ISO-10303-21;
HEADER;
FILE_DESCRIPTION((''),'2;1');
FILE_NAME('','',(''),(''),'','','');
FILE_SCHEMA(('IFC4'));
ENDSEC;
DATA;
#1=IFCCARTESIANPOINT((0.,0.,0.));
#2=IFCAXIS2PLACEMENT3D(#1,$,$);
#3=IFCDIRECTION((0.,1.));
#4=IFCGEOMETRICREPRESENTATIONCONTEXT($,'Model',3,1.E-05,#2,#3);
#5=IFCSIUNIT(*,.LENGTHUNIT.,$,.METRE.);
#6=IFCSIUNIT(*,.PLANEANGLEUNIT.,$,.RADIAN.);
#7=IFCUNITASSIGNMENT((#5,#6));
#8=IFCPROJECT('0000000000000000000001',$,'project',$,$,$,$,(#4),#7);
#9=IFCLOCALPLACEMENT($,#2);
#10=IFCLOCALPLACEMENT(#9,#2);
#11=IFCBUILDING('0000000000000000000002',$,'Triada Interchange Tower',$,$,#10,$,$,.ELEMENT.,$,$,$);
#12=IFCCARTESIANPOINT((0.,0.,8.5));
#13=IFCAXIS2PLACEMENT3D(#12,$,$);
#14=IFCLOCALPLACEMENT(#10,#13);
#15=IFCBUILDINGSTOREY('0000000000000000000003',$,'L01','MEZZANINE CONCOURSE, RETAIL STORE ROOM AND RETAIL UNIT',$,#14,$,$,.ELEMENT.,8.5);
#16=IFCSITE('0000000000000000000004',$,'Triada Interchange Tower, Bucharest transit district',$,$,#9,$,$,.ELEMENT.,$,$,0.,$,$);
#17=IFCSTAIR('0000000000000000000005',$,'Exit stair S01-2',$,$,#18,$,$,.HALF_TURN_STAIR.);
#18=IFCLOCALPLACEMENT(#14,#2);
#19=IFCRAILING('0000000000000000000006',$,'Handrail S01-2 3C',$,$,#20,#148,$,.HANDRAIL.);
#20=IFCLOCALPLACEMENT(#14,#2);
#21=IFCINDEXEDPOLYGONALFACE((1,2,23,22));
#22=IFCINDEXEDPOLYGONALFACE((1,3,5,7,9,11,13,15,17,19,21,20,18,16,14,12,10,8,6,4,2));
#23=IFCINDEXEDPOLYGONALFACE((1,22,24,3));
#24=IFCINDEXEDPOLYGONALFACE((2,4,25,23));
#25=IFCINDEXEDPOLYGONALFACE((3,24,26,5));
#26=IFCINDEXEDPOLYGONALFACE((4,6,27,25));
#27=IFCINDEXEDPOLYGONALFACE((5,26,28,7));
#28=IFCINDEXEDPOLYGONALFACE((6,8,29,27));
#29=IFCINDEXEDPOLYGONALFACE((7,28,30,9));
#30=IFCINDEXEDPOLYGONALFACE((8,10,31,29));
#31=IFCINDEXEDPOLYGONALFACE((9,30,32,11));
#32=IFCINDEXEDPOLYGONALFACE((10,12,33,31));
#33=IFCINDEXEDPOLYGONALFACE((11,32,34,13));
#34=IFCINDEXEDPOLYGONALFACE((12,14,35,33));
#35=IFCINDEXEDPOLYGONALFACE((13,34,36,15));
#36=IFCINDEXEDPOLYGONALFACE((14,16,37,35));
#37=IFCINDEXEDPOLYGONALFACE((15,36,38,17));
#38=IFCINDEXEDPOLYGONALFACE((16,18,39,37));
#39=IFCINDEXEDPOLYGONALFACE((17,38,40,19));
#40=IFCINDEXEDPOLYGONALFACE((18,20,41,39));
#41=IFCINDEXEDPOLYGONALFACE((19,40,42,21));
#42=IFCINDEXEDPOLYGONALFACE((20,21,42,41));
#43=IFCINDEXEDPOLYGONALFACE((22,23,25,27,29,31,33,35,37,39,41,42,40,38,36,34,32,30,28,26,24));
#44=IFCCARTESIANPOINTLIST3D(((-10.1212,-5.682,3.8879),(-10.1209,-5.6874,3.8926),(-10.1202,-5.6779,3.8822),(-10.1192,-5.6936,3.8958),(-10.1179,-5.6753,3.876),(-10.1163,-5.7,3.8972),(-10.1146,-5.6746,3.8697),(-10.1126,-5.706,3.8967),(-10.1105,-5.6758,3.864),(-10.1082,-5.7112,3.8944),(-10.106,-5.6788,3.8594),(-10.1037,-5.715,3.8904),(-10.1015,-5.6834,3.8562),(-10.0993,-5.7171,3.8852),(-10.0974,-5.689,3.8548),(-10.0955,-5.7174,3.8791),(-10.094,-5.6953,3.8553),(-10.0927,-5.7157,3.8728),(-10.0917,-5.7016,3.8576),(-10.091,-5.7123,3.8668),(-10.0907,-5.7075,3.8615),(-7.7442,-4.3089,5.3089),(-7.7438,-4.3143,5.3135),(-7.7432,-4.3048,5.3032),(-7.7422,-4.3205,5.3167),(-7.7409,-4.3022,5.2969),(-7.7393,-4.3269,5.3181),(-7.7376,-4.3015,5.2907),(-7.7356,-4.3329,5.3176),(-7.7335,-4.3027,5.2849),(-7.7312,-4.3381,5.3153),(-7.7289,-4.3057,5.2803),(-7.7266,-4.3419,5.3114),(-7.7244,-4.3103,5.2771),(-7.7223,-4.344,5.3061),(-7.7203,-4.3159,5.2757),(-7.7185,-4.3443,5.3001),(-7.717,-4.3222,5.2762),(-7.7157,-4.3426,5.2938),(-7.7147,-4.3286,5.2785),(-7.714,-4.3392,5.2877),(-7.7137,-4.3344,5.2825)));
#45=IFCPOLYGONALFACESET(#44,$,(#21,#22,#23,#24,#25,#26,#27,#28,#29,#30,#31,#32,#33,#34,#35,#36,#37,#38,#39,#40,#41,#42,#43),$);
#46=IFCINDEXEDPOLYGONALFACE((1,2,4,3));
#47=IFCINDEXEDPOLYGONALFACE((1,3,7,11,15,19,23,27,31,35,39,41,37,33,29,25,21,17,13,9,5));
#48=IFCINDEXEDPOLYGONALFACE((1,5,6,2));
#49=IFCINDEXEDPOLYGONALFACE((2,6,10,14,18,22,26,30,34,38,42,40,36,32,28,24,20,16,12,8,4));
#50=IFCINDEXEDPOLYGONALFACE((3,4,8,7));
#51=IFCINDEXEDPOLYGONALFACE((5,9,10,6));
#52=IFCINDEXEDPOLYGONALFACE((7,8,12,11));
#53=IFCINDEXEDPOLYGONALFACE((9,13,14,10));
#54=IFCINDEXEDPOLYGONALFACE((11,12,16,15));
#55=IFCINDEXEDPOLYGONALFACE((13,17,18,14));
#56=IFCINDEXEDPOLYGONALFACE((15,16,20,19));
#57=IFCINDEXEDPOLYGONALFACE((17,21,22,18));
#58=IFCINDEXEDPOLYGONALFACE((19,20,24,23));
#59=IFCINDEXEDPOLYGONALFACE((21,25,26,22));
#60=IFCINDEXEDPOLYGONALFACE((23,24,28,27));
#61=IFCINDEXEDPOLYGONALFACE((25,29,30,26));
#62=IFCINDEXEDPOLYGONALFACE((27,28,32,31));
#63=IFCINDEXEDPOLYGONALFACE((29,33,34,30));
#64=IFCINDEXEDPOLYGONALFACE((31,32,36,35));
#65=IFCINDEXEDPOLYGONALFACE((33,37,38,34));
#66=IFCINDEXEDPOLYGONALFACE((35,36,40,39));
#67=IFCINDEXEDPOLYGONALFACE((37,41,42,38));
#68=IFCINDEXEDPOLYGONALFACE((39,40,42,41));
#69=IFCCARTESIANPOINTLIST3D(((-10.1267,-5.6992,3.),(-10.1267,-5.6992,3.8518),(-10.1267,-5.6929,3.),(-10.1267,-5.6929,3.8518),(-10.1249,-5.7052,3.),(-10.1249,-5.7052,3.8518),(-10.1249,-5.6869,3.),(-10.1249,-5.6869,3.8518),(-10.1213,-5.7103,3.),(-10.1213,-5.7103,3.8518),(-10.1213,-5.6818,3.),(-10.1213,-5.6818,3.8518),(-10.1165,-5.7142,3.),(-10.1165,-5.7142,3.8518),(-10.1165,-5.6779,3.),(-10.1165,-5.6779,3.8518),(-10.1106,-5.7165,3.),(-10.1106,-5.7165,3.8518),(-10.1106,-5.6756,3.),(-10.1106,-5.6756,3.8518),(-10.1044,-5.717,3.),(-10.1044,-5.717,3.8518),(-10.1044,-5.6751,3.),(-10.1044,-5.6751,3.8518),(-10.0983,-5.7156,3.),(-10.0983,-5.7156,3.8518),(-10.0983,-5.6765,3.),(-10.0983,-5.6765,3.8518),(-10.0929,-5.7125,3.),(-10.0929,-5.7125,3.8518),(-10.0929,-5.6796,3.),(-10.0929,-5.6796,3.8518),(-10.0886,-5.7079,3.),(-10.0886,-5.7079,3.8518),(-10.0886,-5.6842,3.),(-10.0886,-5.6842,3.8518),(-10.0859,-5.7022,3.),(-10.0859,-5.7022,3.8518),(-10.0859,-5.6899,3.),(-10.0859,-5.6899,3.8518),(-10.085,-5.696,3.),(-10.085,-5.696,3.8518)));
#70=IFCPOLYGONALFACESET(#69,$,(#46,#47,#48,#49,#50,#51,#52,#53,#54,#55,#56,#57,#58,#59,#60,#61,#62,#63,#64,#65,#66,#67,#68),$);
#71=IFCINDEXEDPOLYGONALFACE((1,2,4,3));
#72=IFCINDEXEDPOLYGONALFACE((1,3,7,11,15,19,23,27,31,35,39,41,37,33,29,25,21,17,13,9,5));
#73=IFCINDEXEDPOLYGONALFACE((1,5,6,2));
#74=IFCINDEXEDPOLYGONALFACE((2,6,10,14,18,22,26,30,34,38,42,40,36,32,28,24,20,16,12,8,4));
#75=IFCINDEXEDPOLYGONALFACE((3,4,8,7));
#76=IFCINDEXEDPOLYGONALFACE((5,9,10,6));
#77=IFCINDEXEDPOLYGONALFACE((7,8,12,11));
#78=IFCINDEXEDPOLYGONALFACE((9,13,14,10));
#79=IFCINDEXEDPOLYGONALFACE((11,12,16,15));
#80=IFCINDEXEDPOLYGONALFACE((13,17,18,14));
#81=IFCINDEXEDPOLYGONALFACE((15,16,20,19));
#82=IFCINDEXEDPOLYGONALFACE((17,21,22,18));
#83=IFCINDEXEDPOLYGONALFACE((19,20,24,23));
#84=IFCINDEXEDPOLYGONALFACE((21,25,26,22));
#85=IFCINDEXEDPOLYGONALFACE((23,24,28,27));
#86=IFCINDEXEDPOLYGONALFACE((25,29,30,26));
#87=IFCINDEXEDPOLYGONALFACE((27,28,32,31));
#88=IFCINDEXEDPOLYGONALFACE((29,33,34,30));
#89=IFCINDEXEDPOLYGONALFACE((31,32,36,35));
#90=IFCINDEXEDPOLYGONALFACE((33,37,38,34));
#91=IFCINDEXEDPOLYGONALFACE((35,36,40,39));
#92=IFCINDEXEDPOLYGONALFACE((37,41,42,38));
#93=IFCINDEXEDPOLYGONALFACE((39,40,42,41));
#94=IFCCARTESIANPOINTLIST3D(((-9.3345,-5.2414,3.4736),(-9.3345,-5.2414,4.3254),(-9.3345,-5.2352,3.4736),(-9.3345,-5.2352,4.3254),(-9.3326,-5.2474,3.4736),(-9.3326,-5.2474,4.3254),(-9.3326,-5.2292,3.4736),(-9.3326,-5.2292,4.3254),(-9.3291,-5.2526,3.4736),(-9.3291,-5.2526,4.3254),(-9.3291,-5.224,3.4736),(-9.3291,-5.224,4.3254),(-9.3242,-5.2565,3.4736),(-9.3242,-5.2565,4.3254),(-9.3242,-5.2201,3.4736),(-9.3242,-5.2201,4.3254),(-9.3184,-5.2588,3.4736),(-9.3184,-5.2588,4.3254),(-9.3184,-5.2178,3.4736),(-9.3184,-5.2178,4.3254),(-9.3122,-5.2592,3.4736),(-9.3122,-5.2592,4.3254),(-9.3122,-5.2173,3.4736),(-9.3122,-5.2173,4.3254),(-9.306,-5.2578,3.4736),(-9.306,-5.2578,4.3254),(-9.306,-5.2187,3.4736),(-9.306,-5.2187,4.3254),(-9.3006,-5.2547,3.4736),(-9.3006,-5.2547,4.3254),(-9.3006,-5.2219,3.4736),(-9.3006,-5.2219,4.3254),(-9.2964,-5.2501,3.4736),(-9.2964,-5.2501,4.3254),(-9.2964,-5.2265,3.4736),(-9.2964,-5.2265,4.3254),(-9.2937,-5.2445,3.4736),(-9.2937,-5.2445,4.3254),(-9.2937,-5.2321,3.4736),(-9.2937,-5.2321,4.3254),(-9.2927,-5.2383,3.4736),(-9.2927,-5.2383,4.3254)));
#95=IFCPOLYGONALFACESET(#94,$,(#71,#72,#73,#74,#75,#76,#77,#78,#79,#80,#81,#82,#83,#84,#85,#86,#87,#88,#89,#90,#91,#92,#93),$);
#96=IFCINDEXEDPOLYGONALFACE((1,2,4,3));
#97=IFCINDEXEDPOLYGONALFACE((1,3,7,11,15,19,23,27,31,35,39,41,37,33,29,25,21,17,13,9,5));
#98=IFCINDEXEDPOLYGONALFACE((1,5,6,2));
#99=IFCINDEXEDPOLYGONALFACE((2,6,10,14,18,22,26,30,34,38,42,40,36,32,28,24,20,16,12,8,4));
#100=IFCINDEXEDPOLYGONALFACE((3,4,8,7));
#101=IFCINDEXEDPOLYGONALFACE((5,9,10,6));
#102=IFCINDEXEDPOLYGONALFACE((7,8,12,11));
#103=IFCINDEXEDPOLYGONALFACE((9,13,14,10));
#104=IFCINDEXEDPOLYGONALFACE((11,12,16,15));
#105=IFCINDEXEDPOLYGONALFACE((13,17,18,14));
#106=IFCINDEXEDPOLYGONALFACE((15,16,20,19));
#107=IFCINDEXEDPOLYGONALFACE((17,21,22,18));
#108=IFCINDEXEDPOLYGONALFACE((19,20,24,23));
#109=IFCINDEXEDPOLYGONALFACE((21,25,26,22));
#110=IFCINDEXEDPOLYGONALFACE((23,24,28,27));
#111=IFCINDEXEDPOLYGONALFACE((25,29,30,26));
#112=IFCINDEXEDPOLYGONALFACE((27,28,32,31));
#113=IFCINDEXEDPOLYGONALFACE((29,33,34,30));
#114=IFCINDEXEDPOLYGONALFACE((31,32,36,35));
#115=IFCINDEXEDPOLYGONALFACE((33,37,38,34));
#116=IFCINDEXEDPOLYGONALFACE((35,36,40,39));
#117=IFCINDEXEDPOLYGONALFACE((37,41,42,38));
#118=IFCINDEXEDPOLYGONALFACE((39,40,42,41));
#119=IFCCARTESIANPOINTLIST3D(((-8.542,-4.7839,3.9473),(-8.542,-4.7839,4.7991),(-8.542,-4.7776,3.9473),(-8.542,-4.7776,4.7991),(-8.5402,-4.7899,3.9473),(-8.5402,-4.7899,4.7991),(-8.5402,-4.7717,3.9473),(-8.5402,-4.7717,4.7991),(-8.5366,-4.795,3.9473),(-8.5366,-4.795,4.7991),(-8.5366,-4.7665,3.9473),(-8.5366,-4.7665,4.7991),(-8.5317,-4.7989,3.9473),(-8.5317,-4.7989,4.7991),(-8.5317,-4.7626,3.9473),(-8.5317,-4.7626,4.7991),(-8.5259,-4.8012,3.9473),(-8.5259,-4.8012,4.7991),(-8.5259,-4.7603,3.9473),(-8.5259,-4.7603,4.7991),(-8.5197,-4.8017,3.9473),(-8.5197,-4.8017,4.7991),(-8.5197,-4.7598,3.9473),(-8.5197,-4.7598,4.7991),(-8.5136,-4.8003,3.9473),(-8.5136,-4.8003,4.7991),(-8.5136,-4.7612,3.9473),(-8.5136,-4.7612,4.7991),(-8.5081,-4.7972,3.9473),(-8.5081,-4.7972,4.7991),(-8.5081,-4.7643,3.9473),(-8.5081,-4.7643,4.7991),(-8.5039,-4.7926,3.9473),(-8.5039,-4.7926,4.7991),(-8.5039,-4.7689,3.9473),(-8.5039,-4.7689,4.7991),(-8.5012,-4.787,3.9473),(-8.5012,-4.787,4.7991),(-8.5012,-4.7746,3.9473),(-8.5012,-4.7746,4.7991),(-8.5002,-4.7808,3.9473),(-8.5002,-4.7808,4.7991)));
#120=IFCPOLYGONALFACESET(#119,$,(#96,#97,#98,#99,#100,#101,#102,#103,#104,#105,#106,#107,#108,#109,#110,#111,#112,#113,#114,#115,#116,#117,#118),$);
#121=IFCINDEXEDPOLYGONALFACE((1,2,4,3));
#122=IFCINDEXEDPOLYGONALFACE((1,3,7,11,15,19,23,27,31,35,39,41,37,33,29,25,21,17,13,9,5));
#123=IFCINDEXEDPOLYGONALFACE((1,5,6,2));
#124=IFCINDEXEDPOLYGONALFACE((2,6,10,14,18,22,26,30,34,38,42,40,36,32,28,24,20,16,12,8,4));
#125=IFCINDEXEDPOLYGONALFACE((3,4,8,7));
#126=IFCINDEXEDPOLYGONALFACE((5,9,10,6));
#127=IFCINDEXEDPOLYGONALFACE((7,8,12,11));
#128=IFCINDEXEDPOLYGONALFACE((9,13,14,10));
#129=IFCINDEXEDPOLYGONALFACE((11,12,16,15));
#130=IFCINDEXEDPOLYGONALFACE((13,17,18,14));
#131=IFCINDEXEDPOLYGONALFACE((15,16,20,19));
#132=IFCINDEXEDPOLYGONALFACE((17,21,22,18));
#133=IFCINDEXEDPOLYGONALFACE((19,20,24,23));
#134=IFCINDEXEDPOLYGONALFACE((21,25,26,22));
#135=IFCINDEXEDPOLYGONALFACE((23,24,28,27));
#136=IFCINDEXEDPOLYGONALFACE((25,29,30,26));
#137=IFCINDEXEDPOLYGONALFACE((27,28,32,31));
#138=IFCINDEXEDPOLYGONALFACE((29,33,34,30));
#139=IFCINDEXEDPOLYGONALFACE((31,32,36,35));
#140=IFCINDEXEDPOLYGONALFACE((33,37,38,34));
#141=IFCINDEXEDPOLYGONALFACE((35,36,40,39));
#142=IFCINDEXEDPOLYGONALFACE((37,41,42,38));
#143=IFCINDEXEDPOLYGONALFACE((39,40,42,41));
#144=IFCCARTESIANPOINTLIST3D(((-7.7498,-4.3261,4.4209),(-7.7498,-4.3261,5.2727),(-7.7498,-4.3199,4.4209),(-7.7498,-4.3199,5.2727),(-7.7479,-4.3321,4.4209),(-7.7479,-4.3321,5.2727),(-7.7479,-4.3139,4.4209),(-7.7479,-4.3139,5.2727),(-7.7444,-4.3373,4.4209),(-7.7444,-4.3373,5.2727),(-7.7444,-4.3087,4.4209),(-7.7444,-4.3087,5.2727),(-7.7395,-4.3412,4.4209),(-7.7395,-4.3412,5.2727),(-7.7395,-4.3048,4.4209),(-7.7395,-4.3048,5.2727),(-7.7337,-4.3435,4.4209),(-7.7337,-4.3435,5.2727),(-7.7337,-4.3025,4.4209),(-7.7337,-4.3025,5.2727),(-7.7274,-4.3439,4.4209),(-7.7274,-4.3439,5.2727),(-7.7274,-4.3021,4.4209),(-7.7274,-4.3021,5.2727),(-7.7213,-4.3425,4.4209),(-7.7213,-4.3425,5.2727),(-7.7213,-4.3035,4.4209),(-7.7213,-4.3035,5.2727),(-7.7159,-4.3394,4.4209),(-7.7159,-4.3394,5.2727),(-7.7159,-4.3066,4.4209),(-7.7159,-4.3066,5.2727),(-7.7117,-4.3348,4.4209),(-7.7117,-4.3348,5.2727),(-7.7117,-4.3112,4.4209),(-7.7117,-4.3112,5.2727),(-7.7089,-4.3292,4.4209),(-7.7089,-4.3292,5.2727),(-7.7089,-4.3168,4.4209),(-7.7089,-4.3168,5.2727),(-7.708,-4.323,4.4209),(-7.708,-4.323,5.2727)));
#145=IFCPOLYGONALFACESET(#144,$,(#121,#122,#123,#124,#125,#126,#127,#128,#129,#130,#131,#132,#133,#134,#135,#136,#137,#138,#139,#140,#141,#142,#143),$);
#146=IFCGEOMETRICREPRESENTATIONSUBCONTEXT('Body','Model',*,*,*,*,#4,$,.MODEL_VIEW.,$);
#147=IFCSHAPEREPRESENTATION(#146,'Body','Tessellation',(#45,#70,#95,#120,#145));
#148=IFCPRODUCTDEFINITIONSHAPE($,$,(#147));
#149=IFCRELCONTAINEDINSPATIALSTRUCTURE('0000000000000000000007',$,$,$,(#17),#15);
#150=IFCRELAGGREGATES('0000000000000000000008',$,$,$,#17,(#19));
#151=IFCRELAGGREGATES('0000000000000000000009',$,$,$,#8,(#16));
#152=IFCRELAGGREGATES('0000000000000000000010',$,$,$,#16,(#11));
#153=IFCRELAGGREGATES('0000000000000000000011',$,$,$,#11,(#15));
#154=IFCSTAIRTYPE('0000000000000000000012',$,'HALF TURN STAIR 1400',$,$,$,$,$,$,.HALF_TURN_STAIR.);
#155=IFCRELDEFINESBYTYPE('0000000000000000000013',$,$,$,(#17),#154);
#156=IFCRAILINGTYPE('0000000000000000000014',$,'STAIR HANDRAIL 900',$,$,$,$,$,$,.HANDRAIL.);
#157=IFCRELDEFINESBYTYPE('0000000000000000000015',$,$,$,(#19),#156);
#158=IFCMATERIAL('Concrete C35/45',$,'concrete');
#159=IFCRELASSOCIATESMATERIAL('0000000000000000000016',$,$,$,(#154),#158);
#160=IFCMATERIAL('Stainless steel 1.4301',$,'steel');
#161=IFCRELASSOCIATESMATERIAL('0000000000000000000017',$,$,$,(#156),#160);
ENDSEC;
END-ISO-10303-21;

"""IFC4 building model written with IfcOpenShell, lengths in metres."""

from ifc_helpers import new_model, si_unit, direction, frame, origin, origin_2d, place, context, subcontext, project, spatial, circle, extrude, material, type_object, element, aggregate, save


model = new_model("IFC4")

# Units and contexts
model_context = context("Model", 3, precision=1e-05, world=origin(), true_north=direction((0.0, 1.0)))
body_context = subcontext(model_context, "Body", "Model", "MODEL_VIEW")
ifc_project = project(units=[si_unit("LENGTHUNIT", "METRE"), si_unit("PLANEANGLEUNIT", "RADIAN")], contexts=[model_context])

# Site, building, storey
site_placement = place(None, origin())
site = spatial("IfcSite", under=ifc_project, at=site_placement, Name="Triada Interchange Tower, Bucharest transit district", CompositionType="ELEMENT", RefElevation=0.0)
building_placement = place(site_placement, origin())
building = spatial("IfcBuilding", under=site, at=building_placement, Name="Triada Interchange Tower", CompositionType="ELEMENT")
storey_placement = place(building_placement, frame((0.0, 0.0, 8.5)))
storey = spatial("IfcBuildingStorey", under=building, at=storey_placement, Name="L01", Description="MEZZANINE CONCOURSE, RETAIL STORE ROOM AND RETAIL UNIT", CompositionType="ELEMENT", Elevation=8.5)

# Shared definitions
ifc_material_1 = material(Name="Concrete C35/45", Category="concrete")

# Stair
stair_type = type_object("IfcStairType", Name="HALF TURN STAIR 1400", PredefinedType="HALF_TURN_STAIR", material=ifc_material_1)
stair_1_placement = place(storey_placement, origin())
stair_1 = element("IfcStair", 1, at=stair_1_placement, inside=storey, type_object=stair_type, Name="Exit stair S01-2", PredefinedType="HALF_TURN_STAIR")

# Railing
ifc_material_2 = material(Name="Stainless steel 1.4301", Category="steel")
railing_type_1 = type_object("IfcRailingType", Name="STAIR HANDRAIL 900", PredefinedType="HANDRAIL", material=ifc_material_2)
railing_1_placement = place(storey_placement, frame((-10.106, -5.696, 3.0)))
railing_1 = element("IfcRailing", 2, at=railing_1_placement, type_object=railing_type_1, Name="Handrail S01-2 3C", PredefinedType="HANDRAIL", context=body_context, shape_type="SweptSolid", body=[
    extrude(circle(Radius=0.0239, at=origin_2d()), frame((0.0, 0.0, 0.876), z_axis=(0.768998, 0.444212, 0.459693), x_axis=(-0.500195, 0.865913, 0.0)), (0.0, 0.0, 1.0), 3.0911),
    extrude(circle(Radius=0.021, at=origin_2d()), origin(), (0.0, 0.0, 1.0), 0.8518),
    extrude(circle(Radius=0.021, at=origin_2d()), frame((0.7922, 0.4578, 0.4736)), (0.0, 0.0, 1.0), 0.8518),
    extrude(circle(Radius=0.021, at=origin_2d()), frame((1.5847, 0.9153, 0.9473)), (0.0, 0.0, 1.0), 0.8518),
    extrude(circle(Radius=0.021, at=origin_2d()), frame((2.377, 1.373, 1.4209)), (0.0, 0.0, 1.0), 0.8518),
])
aggregate(stair_1, [railing_1])

save(model, "model.ifc")
